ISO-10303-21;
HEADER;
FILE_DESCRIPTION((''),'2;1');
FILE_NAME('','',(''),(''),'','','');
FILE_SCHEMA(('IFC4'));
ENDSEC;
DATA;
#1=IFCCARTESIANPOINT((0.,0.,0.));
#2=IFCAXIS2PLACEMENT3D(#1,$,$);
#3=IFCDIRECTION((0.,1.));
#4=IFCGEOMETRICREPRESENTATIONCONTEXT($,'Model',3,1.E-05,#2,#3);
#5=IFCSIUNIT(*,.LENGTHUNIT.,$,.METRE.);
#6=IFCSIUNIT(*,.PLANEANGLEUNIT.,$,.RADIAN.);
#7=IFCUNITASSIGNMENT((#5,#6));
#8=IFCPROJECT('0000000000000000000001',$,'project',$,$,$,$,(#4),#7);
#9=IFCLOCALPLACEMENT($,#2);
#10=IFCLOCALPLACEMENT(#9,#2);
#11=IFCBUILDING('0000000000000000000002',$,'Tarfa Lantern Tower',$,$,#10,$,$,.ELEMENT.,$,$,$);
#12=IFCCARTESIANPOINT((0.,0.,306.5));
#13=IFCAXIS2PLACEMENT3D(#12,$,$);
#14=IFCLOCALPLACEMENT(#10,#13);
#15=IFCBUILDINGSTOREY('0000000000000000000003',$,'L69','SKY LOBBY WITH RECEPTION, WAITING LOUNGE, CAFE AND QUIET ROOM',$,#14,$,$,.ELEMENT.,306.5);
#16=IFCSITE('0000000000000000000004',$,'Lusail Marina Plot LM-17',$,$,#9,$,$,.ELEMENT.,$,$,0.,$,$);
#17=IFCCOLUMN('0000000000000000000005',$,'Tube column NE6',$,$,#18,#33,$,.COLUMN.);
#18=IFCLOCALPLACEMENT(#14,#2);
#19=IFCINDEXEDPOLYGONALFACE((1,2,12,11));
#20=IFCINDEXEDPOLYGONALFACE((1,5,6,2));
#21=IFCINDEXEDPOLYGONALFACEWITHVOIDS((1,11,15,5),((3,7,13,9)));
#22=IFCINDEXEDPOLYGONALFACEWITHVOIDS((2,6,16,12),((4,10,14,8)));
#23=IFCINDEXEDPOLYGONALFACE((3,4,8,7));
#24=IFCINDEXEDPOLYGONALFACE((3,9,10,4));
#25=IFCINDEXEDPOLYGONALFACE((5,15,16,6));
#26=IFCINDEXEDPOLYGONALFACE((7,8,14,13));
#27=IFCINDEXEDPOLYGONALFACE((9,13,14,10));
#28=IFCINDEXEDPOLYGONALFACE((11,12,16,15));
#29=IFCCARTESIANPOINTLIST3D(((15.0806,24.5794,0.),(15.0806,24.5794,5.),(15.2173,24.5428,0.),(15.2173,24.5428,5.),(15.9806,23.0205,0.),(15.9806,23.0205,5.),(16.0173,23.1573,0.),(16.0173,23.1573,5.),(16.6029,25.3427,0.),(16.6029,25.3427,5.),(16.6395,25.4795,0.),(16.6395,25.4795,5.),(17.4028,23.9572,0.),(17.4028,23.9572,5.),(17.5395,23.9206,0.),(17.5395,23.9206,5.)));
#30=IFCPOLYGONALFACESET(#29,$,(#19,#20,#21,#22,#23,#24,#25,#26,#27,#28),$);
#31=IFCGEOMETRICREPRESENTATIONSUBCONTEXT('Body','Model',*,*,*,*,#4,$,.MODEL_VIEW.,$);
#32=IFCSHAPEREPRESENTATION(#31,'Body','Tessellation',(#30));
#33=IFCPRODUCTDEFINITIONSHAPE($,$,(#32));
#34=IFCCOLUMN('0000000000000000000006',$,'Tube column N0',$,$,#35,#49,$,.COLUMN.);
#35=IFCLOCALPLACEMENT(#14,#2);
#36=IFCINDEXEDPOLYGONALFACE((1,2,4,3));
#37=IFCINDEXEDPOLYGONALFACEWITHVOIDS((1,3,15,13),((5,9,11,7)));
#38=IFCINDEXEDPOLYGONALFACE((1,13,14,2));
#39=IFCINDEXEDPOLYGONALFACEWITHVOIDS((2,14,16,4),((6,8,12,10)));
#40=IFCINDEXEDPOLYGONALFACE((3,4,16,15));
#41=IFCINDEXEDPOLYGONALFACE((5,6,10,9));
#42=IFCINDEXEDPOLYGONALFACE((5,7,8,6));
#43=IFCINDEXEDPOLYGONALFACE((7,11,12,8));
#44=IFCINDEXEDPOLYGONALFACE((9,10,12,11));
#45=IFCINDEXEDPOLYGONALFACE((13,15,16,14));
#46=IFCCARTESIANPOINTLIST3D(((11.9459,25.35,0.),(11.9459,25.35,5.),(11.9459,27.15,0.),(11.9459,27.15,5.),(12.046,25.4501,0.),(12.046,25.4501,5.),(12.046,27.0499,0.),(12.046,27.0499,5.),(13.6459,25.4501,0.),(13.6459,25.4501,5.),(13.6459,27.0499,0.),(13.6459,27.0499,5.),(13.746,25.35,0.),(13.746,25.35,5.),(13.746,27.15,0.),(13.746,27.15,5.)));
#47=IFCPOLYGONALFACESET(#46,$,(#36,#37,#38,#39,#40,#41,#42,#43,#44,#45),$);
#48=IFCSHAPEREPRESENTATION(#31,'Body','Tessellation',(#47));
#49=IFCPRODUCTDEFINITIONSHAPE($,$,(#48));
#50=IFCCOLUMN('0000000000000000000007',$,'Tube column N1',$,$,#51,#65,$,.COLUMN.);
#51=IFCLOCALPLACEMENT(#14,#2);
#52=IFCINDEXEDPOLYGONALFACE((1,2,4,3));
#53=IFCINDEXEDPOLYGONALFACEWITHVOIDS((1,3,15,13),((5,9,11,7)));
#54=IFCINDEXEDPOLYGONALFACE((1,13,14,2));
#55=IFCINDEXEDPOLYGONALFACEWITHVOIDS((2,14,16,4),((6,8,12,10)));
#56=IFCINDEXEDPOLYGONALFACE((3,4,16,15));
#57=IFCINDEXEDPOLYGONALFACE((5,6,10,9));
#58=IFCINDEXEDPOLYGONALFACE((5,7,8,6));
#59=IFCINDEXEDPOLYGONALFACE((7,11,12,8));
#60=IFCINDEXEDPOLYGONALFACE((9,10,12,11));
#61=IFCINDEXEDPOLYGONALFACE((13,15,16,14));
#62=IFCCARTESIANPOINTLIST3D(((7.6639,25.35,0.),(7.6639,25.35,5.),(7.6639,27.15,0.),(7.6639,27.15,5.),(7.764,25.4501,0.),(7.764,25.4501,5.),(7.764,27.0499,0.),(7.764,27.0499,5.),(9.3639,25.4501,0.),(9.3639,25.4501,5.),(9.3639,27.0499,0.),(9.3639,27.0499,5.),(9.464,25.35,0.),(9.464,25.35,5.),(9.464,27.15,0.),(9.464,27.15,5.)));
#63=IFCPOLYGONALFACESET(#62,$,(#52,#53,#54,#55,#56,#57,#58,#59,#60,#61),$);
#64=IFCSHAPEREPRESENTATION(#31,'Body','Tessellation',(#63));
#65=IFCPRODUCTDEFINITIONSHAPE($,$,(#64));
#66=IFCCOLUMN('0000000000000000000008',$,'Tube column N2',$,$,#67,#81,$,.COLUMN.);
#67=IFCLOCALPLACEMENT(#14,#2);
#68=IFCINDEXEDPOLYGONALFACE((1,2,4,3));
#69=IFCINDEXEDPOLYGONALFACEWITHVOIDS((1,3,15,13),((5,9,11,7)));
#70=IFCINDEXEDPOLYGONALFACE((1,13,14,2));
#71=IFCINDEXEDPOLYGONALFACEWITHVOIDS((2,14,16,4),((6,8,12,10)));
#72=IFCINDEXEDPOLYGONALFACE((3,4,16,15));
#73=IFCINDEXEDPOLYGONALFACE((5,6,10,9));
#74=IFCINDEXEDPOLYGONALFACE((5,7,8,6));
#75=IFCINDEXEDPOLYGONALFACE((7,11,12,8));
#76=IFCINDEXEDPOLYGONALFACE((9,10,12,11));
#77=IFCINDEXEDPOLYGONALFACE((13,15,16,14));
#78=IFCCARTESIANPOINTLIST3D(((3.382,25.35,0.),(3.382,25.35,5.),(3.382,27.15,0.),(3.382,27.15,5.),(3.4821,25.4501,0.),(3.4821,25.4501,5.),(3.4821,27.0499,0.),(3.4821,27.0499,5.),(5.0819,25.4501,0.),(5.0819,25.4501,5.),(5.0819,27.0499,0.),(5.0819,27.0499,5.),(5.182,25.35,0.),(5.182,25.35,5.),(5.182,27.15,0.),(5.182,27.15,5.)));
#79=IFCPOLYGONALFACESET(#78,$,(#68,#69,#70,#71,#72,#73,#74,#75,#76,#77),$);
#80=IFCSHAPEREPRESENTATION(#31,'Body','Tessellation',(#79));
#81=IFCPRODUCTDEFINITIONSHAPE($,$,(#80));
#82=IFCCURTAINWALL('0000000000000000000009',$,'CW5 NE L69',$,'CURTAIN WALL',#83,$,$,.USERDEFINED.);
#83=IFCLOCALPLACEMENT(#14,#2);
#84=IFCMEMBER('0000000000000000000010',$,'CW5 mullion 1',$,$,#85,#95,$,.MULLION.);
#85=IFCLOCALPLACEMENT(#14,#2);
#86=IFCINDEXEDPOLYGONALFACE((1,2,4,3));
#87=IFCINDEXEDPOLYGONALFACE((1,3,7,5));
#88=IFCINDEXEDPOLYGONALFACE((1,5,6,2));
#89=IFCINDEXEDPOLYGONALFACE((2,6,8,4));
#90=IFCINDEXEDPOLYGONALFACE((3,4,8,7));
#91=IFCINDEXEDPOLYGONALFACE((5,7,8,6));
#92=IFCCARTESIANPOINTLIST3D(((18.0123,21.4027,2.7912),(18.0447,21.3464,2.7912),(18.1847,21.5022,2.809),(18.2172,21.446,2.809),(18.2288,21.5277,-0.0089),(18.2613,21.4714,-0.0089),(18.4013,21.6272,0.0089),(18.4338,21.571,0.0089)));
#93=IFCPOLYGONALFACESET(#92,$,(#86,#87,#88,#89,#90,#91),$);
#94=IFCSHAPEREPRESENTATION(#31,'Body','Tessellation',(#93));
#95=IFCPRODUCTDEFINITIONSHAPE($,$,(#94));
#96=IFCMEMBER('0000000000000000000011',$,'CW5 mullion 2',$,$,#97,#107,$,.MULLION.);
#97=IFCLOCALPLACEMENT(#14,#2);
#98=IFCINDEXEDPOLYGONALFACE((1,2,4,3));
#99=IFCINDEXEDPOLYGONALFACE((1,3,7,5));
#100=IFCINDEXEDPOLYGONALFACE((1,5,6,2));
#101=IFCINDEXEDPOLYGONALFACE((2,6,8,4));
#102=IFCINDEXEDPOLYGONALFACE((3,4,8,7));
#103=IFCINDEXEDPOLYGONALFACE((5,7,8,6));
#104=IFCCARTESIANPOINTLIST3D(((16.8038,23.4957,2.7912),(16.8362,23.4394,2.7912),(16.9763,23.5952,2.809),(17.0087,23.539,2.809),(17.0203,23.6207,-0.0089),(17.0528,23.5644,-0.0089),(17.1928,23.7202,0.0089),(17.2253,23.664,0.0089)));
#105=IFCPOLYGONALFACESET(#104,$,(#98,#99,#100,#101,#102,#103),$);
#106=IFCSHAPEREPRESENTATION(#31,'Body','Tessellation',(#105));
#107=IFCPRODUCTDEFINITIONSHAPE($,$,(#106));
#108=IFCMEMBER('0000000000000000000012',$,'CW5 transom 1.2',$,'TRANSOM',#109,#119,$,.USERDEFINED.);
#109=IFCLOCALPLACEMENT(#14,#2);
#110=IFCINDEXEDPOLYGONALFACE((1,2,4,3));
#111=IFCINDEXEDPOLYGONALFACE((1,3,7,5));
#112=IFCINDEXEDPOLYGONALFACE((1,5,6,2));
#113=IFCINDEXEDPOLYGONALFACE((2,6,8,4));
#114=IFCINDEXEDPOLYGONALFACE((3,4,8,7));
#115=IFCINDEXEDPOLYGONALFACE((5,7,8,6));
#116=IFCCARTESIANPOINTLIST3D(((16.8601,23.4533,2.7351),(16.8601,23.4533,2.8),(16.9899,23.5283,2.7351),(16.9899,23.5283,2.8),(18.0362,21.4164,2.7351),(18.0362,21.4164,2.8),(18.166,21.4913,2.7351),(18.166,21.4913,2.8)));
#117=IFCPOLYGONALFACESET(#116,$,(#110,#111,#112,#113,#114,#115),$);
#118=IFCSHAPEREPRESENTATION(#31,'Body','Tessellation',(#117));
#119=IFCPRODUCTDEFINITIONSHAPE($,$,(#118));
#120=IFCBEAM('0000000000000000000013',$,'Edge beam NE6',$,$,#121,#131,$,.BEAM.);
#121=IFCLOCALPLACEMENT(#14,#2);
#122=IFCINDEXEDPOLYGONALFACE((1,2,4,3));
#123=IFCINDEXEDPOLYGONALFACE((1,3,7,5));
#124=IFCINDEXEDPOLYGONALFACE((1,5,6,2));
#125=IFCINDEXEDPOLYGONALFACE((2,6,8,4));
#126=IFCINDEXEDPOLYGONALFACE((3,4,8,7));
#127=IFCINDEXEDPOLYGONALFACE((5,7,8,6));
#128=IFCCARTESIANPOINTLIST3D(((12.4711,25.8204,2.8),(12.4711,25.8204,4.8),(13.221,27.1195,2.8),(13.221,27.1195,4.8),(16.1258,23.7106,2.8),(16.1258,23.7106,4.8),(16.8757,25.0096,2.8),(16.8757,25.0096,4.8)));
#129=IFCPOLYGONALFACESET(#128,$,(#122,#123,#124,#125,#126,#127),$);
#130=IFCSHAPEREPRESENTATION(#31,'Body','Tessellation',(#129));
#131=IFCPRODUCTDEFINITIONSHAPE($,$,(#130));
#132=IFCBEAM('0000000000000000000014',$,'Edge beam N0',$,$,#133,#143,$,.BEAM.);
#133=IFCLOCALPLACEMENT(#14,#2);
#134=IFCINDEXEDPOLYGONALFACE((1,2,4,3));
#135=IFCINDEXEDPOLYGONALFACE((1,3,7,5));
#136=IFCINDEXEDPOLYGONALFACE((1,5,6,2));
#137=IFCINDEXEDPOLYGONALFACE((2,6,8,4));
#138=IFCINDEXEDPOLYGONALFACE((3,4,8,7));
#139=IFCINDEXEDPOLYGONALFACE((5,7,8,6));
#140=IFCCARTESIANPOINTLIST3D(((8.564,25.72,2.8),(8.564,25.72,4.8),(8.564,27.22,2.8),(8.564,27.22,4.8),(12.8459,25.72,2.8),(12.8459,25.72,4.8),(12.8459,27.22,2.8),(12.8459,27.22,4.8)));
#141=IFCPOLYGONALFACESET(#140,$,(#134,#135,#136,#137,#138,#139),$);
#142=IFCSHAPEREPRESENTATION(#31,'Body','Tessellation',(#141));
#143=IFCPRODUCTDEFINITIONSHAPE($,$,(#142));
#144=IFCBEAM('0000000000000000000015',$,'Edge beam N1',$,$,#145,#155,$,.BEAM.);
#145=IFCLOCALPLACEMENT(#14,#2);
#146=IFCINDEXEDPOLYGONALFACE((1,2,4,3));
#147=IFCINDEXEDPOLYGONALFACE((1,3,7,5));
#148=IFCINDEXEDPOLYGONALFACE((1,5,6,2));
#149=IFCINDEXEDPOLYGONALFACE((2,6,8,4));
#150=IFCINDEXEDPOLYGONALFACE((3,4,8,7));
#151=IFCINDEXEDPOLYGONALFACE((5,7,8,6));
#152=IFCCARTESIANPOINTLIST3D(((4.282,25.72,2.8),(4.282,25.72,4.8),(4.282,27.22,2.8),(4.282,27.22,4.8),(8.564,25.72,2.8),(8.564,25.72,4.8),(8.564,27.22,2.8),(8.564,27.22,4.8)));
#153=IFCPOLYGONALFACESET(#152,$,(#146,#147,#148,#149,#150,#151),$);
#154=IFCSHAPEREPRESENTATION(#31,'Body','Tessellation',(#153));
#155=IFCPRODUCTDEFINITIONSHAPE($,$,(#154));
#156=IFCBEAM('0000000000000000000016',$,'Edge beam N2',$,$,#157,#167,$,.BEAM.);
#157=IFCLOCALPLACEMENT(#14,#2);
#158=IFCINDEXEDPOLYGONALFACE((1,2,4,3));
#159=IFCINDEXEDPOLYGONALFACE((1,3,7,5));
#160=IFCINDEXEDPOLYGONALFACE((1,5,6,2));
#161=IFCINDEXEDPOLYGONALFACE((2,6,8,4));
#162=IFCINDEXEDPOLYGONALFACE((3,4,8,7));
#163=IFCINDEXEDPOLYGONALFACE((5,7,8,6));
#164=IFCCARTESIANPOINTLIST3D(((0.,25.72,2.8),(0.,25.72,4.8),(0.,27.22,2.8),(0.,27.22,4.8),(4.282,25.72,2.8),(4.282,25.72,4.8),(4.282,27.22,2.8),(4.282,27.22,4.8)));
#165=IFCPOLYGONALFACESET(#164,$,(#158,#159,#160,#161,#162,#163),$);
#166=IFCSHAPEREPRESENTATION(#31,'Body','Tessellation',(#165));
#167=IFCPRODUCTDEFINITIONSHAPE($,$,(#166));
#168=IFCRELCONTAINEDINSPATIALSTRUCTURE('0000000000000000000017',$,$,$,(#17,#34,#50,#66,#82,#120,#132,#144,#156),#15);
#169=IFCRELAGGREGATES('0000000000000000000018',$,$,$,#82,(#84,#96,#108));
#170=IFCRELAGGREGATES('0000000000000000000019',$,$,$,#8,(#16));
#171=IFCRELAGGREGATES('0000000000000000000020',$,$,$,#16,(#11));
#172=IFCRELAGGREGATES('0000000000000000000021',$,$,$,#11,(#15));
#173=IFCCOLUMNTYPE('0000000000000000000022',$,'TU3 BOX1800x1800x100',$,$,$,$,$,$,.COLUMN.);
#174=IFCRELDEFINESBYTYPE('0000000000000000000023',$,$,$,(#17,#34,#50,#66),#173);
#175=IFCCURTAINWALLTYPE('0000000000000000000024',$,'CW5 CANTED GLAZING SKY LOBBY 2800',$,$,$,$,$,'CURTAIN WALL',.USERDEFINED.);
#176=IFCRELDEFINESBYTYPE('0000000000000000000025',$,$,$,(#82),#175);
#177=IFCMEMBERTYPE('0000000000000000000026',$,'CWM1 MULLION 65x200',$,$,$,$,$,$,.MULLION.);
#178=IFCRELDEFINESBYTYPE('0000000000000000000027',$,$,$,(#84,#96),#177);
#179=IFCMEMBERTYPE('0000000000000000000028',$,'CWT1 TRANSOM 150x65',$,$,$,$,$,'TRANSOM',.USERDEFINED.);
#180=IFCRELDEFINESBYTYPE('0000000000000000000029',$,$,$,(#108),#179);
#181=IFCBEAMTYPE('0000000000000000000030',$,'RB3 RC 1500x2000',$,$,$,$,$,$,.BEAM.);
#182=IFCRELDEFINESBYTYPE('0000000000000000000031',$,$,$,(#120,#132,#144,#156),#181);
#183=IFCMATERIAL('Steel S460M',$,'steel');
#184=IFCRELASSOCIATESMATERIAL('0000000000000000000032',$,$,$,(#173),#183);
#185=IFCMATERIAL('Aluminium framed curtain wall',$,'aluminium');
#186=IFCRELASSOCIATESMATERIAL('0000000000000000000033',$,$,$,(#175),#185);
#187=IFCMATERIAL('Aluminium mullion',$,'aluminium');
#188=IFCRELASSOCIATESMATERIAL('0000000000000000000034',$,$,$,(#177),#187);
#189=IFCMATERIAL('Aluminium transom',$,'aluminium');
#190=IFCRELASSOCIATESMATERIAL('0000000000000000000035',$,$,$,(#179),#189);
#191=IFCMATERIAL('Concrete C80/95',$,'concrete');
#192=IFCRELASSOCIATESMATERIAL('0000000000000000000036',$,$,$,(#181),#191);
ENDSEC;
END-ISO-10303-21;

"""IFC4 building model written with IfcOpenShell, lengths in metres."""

from ifc_helpers import new_model, si_unit, direction, frame, origin, origin_2d, place, context, subcontext, project, spatial, rectangle, hollow_rectangle, extrude, material, material_profile, profile_set, type_object, element, aggregate, save


model = new_model("IFC4")

# Units and contexts
model_context = context("Model", 3, precision=1e-05, world=origin(), true_north=direction((0.0, 1.0)))
body_context = subcontext(model_context, "Body", "Model", "MODEL_VIEW")
ifc_project = project(units=[si_unit("LENGTHUNIT", "METRE"), si_unit("PLANEANGLEUNIT", "RADIAN")], contexts=[model_context])

# Site, building, storey
site_placement = place(None, origin())
site = spatial("IfcSite", under=ifc_project, at=site_placement, Name="Lusail Marina Plot LM-17", CompositionType="ELEMENT", RefElevation=0.0)
building_placement = place(site_placement, origin())
building = spatial("IfcBuilding", under=site, at=building_placement, Name="Tarfa Lantern Tower", CompositionType="ELEMENT")
storey_placement = place(building_placement, frame((0.0, 0.0, 306.5)))
storey = spatial("IfcBuildingStorey", under=building, at=storey_placement, Name="L69", Description="SKY LOBBY WITH RECEPTION, WAITING LOUNGE, CAFE AND QUIET ROOM", CompositionType="ELEMENT", Elevation=306.5)

# Columns
ifc_material_1 = material(Name="Steel S460M", Category="steel")
ifc_material_profile_1 = material_profile(ifc_material_1, hollow_rectangle(XDim=1.8, YDim=1.8, WallThickness=0.1001, at=origin_2d()), Name="BOX1800x1800x100")
ifc_profile_set_1 = profile_set([ifc_material_profile_1], Name="Steel S460M")
column_type = type_object("IfcColumnType", Name="TU3 BOX1800x1800x100", PredefinedType="COLUMN", material=ifc_profile_set_1)
for number, where, z_axis, x_axis, name in (
    (1, (16.3101, 24.25, 0.0), (0.0, 0.0, 1.0), (-0.5, 0.866025, 0.0), "Tube column NE6"),
    (2, (12.8459, 26.25, 0.0), (0.0, 0.0, 1.0), (-1.0, 0.0, 0.0), "Tube column N0"),
    (3, (8.564, 26.25, 0.0), (0.0, 0.0, 1.0), (-1.0, 0.0, 0.0), "Tube column N1"),
    (4, (4.282, 26.25, 0.0), (0.0, 0.0, 1.0), (-1.0, 0.0, 0.0), "Tube column N2"),
):
    element("IfcColumn", number, at=place(storey_placement, frame(where, z_axis=z_axis, x_axis=x_axis)), inside=storey, type_object=column_type, Name=name, PredefinedType="COLUMN", context=body_context, shape_type="SweptSolid", body=[
        extrude(hollow_rectangle(XDim=1.8, YDim=1.8, WallThickness=0.1001, at=origin_2d()), origin(), (0.0, 0.0, 1.0), 5.0),
    ])

# Curtain wall, members
ifc_material_2 = material(Name="Aluminium framed curtain wall", Category="aluminium")
curtain_wall_type = type_object("IfcCurtainWallType", Name="CW5 CANTED GLAZING SKY LOBBY 2800", ElementType="CURTAIN WALL", PredefinedType="USERDEFINED", material=ifc_material_2)
curtain_wall_placement = place(storey_placement, origin())
curtain_wall = element("IfcCurtainWall", 5, at=curtain_wall_placement, inside=storey, type_object=curtain_wall_type, Name="CW5 NE L69", ObjectType="CURTAIN WALL", PredefinedType="USERDEFINED")
ifc_material_3 = material(Name="Aluminium mullion", Category="aluminium")
ifc_material_profile_2 = material_profile(ifc_material_3, rectangle(XDim=0.0649, YDim=0.2, at=origin_2d()), Name="AL MULLION 65x200")
ifc_profile_set_2 = profile_set([ifc_material_profile_2], Name="Aluminium mullion")
member_type_1 = type_object("IfcMemberType", Name="CWM1 MULLION 65x200", PredefinedType="MULLION", material=ifc_profile_set_2)
member_1_placement = place(storey_placement, frame((18.3313, 21.5493, 0.0), z_axis=(-0.077032, -0.044465, 0.996037), x_axis=(0.49992, -0.866072, 0.0)))
member_1 = element("IfcMember", 6, at=member_1_placement, type_object=member_type_1, Name="CW5 mullion 1", PredefinedType="MULLION", context=body_context, shape_type="SweptSolid", body=[
    extrude(rectangle(XDim=0.0649, YDim=0.2, at=origin_2d()), origin(), (0.0, 0.0, 1.0), 2.8113),
])
member_2_placement = place(storey_placement, frame((17.1228, 23.6423, 0.0), z_axis=(-0.077032, -0.044465, 0.996037), x_axis=(0.49992, -0.866072, 0.0)))
member_2 = element("IfcMember", 7, at=member_2_placement, type_object=member_type_1, Name="CW5 mullion 2", PredefinedType="MULLION", context=body_context, shape_type="SweptSolid", body=[
    extrude(rectangle(XDim=0.0649, YDim=0.2, at=origin_2d()), origin(), (0.0, 0.0, 1.0), 2.8113),
])
ifc_material_4 = material(Name="Aluminium transom", Category="aluminium")
ifc_material_profile_3 = material_profile(ifc_material_4, rectangle(XDim=0.1499, YDim=0.0649, at=origin_2d()), Name="AL TRANSOM 150x65")
ifc_profile_set_3 = profile_set([ifc_material_profile_3], Name="Aluminium transom")
member_type_2 = type_object("IfcMemberType", Name="CWT1 TRANSOM 150x65", ElementType="TRANSOM", PredefinedType="USERDEFINED", material=ifc_profile_set_3)
member_3_placement = place(storey_placement, frame((18.1011, 21.4539, 2.7676), z_axis=(-0.500013, 0.866018, 0.0), x_axis=(-0.866018, -0.500013, 0.0)))
member_3 = element("IfcMember", 8, at=member_3_placement, type_object=member_type_2, Name="CW5 transom 1.2", ObjectType="TRANSOM", PredefinedType="USERDEFINED", context=body_context, shape_type="SweptSolid", body=[
    extrude(rectangle(XDim=0.1499, YDim=0.0649, at=origin_2d()), origin(), (0.0, 0.0, 1.0), 2.3521),
])

# Beams
ifc_material_5 = material(Name="Concrete C80/95", Category="concrete")
ifc_material_profile_4 = material_profile(ifc_material_5, rectangle(XDim=1.5, YDim=2.0, at=origin_2d()), Name="RC 1500x2000")
ifc_profile_set_4 = profile_set([ifc_material_profile_4], Name="Concrete C80/95")
beam_type_1 = type_object("IfcBeamType", Name="RB3 RC 1500x2000", PredefinedType="BEAM", material=ifc_profile_set_4)
beam_1_placement = place(storey_placement, frame((16.5007, 24.3601, 3.8), z_axis=(-0.866049, 0.499959, 0.0), x_axis=(-0.499959, -0.866049, 0.0)))
element("IfcBeam", 9, at=beam_1_placement, inside=storey, type_object=beam_type_1, Name="Edge beam NE6", PredefinedType="BEAM", context=body_context, shape_type="SweptSolid", body=[
    extrude(rectangle(XDim=1.5, YDim=2.0, at=origin_2d()), origin(), (0.0, 0.0, 1.0), 4.22),
])
for number, where, z_axis, x_axis, name in (
    (10, (12.8459, 26.47, 3.8), (-1.0, 0.0, 0.0), (0.0, -1.0, 0.0), "Edge beam N0"),
    (11, (8.564, 26.47, 3.8), (-1.0, 0.0, 0.0), (0.0, -1.0, 0.0), "Edge beam N1"),
    (12, (4.282, 26.47, 3.8), (-1.0, 0.0, 0.0), (0.0, -1.0, 0.0), "Edge beam N2"),
):
    element("IfcBeam", number, at=place(storey_placement, frame(where, z_axis=z_axis, x_axis=x_axis)), inside=storey, type_object=beam_type_1, Name=name, PredefinedType="BEAM", context=body_context, shape_type="SweptSolid", body=[
        extrude(rectangle(XDim=1.5, YDim=2.0, at=origin_2d()), origin(), (0.0, 0.0, 1.0), 4.282),
    ])

aggregate(curtain_wall, [member_1, member_2, member_3])

save(model, "model.ifc")
